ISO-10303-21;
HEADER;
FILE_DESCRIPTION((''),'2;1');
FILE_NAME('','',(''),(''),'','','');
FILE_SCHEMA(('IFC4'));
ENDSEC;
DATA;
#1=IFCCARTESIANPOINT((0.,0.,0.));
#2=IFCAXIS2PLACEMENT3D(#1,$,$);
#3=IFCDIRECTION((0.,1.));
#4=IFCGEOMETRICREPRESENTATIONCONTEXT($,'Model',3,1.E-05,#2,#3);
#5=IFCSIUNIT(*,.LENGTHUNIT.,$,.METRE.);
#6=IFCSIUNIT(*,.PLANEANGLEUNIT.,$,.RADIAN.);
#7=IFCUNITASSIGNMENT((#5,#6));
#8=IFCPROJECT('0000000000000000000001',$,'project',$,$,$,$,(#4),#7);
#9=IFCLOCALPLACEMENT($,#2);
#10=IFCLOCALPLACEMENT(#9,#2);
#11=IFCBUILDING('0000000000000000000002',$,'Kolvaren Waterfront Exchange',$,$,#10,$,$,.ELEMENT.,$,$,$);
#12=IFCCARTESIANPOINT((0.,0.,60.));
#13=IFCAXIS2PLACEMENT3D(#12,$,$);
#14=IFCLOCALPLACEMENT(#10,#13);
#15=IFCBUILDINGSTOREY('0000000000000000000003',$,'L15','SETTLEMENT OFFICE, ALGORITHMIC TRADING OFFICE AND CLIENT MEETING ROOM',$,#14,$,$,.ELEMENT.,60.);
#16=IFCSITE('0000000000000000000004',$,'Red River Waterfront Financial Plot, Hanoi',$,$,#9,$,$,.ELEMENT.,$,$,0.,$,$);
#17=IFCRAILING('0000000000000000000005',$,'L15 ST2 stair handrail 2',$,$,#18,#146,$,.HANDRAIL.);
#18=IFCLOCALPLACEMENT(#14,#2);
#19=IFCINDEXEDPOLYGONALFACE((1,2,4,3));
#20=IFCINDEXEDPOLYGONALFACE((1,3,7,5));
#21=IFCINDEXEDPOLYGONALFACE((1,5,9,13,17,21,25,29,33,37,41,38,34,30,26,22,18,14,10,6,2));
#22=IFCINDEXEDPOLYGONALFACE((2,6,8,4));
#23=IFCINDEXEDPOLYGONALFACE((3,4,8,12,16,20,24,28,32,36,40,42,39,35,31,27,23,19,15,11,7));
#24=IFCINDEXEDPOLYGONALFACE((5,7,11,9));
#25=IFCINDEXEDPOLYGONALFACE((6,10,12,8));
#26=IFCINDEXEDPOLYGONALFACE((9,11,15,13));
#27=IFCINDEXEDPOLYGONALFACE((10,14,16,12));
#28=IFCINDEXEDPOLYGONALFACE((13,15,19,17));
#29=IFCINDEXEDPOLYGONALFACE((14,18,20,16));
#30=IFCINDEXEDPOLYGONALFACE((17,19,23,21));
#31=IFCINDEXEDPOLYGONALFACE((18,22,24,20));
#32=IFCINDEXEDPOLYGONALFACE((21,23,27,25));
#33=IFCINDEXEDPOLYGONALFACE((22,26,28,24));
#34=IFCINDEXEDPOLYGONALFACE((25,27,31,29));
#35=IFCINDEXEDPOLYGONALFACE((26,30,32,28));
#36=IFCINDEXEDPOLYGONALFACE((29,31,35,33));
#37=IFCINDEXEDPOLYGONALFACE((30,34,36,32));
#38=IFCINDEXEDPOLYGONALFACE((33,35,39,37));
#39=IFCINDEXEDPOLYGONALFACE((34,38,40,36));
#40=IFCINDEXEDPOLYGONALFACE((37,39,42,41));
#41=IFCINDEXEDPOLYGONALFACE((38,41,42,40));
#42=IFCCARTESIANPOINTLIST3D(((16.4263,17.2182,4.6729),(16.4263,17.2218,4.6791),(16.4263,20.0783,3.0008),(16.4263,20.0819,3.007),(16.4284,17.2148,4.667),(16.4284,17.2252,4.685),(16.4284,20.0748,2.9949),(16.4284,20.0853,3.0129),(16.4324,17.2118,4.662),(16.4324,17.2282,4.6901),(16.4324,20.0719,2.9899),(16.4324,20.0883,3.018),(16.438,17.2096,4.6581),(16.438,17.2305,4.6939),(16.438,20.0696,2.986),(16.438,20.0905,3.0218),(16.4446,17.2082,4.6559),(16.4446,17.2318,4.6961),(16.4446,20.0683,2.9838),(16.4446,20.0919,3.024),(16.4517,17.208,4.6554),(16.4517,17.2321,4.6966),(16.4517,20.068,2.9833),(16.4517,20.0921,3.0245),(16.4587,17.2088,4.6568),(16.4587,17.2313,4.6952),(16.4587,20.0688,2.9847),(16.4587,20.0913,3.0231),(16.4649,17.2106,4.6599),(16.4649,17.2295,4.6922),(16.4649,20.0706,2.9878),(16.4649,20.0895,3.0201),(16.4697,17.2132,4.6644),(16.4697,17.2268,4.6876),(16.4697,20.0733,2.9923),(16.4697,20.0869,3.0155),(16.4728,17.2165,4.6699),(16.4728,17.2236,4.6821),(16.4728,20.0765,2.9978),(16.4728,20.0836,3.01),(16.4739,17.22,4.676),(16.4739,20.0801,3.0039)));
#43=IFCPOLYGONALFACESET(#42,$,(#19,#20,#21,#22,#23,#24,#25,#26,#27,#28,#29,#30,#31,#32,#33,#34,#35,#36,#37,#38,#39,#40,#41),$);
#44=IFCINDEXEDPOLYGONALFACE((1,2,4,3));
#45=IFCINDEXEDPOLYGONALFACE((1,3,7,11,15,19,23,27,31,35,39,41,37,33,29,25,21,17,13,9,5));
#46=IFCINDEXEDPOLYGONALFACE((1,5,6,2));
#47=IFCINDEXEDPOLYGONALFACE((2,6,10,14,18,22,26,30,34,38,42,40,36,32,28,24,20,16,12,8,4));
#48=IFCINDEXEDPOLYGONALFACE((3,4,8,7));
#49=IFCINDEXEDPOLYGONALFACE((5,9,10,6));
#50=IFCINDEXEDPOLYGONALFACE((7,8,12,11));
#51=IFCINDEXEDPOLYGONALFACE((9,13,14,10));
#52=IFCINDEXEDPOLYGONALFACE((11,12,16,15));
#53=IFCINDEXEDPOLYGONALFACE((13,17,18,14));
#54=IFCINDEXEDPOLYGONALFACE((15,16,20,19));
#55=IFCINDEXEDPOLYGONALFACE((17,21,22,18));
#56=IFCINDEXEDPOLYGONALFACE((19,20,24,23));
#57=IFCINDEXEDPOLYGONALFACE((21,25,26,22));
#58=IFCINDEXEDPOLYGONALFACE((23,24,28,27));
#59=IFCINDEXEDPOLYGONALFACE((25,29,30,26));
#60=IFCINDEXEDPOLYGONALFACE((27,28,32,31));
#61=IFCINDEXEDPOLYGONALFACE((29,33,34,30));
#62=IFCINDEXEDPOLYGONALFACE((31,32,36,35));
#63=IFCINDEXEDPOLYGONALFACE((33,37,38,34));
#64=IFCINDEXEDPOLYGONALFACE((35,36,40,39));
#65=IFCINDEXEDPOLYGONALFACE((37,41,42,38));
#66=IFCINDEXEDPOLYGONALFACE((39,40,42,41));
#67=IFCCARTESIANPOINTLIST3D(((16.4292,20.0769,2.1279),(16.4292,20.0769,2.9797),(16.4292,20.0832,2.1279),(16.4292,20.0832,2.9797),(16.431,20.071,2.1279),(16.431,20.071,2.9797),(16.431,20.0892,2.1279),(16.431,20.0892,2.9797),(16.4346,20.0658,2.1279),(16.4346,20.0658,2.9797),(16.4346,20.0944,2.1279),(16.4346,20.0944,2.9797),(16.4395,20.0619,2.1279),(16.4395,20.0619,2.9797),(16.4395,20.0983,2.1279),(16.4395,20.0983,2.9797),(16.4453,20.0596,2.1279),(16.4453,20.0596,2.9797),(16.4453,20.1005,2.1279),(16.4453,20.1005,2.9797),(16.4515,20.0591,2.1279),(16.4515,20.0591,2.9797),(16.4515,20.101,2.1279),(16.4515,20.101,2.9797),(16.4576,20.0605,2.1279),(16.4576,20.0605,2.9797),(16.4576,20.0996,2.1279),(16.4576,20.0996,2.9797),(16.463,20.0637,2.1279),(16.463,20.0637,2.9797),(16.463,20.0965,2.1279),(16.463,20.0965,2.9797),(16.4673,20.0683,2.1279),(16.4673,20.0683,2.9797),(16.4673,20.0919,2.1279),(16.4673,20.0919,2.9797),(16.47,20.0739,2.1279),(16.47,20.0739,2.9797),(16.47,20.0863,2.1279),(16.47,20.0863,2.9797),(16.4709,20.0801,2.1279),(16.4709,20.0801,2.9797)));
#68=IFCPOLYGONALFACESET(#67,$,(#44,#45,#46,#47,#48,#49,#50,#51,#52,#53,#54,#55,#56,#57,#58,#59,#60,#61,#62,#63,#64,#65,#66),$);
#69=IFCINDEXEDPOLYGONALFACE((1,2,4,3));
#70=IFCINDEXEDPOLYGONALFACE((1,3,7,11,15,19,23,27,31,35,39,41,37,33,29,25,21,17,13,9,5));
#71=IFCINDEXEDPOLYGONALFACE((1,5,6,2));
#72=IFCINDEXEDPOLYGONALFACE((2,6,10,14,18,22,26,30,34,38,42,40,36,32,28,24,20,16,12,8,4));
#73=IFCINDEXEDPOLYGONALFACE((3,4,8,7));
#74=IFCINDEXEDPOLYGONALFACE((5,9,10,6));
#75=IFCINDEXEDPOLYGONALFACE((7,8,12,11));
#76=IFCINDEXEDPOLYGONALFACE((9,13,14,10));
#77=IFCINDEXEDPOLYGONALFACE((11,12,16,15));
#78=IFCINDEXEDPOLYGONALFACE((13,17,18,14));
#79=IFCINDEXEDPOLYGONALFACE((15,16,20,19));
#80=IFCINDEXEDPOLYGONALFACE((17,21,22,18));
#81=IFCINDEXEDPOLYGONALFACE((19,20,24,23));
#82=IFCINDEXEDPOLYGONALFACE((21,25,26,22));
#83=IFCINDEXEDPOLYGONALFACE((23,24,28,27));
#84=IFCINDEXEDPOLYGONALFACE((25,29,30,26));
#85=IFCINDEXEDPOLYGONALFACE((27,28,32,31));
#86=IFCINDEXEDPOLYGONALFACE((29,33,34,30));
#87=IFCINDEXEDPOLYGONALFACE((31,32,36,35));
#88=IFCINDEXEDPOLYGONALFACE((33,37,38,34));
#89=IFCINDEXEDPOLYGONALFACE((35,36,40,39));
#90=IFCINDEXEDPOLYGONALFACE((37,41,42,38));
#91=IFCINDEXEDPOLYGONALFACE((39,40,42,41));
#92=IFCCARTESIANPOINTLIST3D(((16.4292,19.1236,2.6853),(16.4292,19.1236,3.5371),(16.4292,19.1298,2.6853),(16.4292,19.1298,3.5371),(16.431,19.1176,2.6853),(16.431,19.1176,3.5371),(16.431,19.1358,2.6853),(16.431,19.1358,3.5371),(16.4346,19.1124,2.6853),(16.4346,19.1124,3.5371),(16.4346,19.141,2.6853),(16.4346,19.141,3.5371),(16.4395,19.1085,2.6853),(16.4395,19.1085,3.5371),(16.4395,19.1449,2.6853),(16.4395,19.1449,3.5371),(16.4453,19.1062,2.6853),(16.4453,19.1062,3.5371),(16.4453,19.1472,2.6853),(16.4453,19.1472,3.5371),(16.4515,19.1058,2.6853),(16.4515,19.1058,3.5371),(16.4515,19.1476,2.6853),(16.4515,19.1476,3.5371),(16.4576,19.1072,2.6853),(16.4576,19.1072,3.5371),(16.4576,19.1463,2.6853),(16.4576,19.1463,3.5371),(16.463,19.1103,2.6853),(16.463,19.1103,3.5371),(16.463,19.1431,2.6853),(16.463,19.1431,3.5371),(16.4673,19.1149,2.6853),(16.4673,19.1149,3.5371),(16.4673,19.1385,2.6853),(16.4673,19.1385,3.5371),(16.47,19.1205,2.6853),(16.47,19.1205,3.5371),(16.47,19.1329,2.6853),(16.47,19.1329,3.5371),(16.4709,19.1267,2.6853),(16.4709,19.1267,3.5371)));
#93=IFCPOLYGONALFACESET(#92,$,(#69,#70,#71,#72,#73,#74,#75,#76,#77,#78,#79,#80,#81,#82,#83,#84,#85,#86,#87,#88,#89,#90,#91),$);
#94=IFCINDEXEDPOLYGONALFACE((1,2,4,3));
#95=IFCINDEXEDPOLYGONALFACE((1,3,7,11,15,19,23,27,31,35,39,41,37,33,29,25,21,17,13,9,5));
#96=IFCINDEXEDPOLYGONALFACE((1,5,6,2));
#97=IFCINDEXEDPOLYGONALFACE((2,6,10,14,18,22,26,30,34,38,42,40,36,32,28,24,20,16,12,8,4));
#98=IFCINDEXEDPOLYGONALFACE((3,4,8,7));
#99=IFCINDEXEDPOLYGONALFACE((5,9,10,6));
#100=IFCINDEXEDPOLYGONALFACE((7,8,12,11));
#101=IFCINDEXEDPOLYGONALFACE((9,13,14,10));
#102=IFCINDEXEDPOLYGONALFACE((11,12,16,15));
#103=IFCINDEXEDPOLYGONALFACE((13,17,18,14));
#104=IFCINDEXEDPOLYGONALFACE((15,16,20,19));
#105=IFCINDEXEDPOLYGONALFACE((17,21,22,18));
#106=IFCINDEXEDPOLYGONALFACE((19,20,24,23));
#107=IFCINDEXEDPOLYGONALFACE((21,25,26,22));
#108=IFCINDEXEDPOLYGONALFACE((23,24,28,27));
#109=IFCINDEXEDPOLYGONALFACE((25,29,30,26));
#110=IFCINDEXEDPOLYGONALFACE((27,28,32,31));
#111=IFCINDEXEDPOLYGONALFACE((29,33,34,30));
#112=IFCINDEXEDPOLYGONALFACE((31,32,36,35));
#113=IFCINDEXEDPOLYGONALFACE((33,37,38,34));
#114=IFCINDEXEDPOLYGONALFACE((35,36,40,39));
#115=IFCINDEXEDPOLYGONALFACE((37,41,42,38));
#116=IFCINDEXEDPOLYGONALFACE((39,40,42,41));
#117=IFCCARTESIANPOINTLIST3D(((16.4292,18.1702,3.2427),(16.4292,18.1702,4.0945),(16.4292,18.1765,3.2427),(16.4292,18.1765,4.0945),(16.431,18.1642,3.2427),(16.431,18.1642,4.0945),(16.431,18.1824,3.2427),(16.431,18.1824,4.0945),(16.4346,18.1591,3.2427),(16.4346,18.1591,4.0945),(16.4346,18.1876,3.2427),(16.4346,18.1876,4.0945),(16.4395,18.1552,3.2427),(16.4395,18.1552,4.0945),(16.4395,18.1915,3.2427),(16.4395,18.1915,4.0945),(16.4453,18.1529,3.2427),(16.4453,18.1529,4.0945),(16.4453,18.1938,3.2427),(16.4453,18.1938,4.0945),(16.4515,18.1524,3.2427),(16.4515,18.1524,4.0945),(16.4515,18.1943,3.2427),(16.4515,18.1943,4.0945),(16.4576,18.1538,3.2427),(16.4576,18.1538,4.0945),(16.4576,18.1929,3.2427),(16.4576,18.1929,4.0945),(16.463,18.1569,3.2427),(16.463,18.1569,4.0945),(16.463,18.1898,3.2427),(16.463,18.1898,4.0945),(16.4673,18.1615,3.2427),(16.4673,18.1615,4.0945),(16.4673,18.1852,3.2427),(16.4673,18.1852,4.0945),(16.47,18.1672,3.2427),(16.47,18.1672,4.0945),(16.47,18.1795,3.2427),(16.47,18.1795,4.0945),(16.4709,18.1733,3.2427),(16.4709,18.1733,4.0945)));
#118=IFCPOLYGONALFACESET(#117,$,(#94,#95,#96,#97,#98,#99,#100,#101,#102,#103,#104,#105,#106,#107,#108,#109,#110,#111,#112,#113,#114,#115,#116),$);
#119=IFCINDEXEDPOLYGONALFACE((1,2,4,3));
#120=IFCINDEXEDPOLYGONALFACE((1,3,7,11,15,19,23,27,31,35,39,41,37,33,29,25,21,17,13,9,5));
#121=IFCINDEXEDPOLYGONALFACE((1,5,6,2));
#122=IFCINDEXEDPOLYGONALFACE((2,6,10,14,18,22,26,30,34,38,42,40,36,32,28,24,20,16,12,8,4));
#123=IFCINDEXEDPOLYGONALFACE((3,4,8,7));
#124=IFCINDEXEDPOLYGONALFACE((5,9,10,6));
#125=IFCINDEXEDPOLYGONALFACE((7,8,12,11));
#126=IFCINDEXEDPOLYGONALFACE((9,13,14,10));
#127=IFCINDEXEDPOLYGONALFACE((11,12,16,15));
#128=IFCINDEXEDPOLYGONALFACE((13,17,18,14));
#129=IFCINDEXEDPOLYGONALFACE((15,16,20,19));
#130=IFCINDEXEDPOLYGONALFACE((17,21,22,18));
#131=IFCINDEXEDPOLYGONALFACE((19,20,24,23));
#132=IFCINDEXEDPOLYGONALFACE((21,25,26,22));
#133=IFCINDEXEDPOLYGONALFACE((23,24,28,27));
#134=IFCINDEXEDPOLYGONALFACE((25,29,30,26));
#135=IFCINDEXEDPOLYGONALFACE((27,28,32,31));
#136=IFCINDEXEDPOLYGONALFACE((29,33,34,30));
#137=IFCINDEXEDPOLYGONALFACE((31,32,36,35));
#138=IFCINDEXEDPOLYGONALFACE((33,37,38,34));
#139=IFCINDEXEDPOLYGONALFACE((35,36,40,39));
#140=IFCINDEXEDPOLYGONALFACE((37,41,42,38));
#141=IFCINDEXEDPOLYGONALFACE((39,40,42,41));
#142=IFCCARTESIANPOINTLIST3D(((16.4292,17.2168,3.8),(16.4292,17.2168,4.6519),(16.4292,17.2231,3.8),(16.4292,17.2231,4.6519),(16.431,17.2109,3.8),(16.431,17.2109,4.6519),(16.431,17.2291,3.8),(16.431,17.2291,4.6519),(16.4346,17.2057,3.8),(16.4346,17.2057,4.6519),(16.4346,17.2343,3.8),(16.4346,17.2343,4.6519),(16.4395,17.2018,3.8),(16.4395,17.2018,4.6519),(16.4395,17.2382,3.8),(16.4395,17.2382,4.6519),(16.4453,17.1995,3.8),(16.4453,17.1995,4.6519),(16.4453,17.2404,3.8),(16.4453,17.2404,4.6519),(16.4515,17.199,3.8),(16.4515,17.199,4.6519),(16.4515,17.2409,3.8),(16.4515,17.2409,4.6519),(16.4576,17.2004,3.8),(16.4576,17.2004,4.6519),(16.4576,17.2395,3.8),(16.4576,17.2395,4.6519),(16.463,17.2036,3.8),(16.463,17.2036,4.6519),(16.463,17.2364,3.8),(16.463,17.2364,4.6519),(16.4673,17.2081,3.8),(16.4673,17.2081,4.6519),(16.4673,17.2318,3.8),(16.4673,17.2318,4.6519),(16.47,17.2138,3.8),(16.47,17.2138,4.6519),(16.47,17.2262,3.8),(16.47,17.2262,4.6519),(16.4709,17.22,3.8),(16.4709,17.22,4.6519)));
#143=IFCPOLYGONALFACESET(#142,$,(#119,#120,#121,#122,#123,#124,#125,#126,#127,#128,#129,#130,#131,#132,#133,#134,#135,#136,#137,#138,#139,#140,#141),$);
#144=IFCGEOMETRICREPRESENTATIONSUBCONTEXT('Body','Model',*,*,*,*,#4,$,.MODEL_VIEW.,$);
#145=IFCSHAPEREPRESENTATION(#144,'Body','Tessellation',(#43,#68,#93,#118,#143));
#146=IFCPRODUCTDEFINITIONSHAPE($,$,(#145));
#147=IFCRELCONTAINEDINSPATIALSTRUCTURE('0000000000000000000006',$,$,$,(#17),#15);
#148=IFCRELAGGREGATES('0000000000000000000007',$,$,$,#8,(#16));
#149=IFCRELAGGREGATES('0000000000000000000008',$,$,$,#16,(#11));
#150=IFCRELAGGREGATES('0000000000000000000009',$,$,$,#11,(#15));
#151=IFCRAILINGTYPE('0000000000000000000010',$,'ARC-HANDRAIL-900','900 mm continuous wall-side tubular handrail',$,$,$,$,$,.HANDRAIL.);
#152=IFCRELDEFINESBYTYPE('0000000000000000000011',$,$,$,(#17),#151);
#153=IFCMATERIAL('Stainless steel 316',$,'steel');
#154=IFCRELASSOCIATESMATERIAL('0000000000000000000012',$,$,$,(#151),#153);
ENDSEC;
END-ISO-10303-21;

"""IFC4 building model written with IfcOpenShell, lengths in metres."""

from ifc_helpers import new_model, si_unit, direction, frame, origin, origin_2d, place, context, subcontext, project, spatial, circle, extrude, material, type_object, element, save


model = new_model("IFC4")

# Units and contexts
model_context = context("Model", 3, precision=1e-05, world=origin(), true_north=direction((0.0, 1.0)))
body_context = subcontext(model_context, "Body", "Model", "MODEL_VIEW")
ifc_project = project(units=[si_unit("LENGTHUNIT", "METRE"), si_unit("PLANEANGLEUNIT", "RADIAN")], contexts=[model_context])

# Site, building, storey
site_placement = place(None, origin())
site = spatial("IfcSite", under=ifc_project, at=site_placement, Name="Red River Waterfront Financial Plot, Hanoi", CompositionType="ELEMENT", RefElevation=0.0)
building_placement = place(site_placement, origin())
building = spatial("IfcBuilding", under=site, at=building_placement, Name="Kolvaren Waterfront Exchange", CompositionType="ELEMENT")
storey_placement = place(building_placement, frame((0.0, 0.0, 60.0)))
storey = spatial("IfcBuildingStorey", under=building, at=storey_placement, Name="L15", Description="SETTLEMENT OFFICE, ALGORITHMIC TRADING OFFICE AND CLIENT MEETING ROOM", CompositionType="ELEMENT", Elevation=60.0)

# Railing
ifc_material_1 = material(Name="Stainless steel 316", Category="steel")
railing_type_1 = type_object("IfcRailingType", Name="ARC-HANDRAIL-900", Description="900 mm continuous wall-side tubular handrail", PredefinedType="HANDRAIL", material=ifc_material_1)
railing_1_placement = place(storey_placement, frame((16.45, 20.0801, 2.1279)))
element("IfcRailing", 1, at=railing_1_placement, inside=storey, type_object=railing_type_1, Name="L15 ST2 stair handrail 2", PredefinedType="HANDRAIL", context=body_context, shape_type="SweptSolid", body=[
    extrude(circle(Radius=0.0239, at=origin_2d()), frame((0.0, 0.0, 0.876), z_axis=(0.0, -0.863289, 0.504709), x_axis=(1.0, 0.0, 0.0)), (0.0, 0.0, 1.0), 3.313),
    extrude(circle(Radius=0.021, at=origin_2d()), origin(), (0.0, 0.0, 1.0), 0.8518),
    extrude(circle(Radius=0.021, at=origin_2d()), frame((0.0, -0.9534, 0.5574)), (0.0, 0.0, 1.0), 0.8518),
    extrude(circle(Radius=0.021, at=origin_2d()), frame((0.0, -1.9067, 1.1147)), (0.0, 0.0, 1.0), 0.8518),
    extrude(circle(Radius=0.021, at=origin_2d()), frame((0.0, -2.8601, 1.6721)), (0.0, 0.0, 1.0), 0.8518),
])

save(model, "model.ifc")
